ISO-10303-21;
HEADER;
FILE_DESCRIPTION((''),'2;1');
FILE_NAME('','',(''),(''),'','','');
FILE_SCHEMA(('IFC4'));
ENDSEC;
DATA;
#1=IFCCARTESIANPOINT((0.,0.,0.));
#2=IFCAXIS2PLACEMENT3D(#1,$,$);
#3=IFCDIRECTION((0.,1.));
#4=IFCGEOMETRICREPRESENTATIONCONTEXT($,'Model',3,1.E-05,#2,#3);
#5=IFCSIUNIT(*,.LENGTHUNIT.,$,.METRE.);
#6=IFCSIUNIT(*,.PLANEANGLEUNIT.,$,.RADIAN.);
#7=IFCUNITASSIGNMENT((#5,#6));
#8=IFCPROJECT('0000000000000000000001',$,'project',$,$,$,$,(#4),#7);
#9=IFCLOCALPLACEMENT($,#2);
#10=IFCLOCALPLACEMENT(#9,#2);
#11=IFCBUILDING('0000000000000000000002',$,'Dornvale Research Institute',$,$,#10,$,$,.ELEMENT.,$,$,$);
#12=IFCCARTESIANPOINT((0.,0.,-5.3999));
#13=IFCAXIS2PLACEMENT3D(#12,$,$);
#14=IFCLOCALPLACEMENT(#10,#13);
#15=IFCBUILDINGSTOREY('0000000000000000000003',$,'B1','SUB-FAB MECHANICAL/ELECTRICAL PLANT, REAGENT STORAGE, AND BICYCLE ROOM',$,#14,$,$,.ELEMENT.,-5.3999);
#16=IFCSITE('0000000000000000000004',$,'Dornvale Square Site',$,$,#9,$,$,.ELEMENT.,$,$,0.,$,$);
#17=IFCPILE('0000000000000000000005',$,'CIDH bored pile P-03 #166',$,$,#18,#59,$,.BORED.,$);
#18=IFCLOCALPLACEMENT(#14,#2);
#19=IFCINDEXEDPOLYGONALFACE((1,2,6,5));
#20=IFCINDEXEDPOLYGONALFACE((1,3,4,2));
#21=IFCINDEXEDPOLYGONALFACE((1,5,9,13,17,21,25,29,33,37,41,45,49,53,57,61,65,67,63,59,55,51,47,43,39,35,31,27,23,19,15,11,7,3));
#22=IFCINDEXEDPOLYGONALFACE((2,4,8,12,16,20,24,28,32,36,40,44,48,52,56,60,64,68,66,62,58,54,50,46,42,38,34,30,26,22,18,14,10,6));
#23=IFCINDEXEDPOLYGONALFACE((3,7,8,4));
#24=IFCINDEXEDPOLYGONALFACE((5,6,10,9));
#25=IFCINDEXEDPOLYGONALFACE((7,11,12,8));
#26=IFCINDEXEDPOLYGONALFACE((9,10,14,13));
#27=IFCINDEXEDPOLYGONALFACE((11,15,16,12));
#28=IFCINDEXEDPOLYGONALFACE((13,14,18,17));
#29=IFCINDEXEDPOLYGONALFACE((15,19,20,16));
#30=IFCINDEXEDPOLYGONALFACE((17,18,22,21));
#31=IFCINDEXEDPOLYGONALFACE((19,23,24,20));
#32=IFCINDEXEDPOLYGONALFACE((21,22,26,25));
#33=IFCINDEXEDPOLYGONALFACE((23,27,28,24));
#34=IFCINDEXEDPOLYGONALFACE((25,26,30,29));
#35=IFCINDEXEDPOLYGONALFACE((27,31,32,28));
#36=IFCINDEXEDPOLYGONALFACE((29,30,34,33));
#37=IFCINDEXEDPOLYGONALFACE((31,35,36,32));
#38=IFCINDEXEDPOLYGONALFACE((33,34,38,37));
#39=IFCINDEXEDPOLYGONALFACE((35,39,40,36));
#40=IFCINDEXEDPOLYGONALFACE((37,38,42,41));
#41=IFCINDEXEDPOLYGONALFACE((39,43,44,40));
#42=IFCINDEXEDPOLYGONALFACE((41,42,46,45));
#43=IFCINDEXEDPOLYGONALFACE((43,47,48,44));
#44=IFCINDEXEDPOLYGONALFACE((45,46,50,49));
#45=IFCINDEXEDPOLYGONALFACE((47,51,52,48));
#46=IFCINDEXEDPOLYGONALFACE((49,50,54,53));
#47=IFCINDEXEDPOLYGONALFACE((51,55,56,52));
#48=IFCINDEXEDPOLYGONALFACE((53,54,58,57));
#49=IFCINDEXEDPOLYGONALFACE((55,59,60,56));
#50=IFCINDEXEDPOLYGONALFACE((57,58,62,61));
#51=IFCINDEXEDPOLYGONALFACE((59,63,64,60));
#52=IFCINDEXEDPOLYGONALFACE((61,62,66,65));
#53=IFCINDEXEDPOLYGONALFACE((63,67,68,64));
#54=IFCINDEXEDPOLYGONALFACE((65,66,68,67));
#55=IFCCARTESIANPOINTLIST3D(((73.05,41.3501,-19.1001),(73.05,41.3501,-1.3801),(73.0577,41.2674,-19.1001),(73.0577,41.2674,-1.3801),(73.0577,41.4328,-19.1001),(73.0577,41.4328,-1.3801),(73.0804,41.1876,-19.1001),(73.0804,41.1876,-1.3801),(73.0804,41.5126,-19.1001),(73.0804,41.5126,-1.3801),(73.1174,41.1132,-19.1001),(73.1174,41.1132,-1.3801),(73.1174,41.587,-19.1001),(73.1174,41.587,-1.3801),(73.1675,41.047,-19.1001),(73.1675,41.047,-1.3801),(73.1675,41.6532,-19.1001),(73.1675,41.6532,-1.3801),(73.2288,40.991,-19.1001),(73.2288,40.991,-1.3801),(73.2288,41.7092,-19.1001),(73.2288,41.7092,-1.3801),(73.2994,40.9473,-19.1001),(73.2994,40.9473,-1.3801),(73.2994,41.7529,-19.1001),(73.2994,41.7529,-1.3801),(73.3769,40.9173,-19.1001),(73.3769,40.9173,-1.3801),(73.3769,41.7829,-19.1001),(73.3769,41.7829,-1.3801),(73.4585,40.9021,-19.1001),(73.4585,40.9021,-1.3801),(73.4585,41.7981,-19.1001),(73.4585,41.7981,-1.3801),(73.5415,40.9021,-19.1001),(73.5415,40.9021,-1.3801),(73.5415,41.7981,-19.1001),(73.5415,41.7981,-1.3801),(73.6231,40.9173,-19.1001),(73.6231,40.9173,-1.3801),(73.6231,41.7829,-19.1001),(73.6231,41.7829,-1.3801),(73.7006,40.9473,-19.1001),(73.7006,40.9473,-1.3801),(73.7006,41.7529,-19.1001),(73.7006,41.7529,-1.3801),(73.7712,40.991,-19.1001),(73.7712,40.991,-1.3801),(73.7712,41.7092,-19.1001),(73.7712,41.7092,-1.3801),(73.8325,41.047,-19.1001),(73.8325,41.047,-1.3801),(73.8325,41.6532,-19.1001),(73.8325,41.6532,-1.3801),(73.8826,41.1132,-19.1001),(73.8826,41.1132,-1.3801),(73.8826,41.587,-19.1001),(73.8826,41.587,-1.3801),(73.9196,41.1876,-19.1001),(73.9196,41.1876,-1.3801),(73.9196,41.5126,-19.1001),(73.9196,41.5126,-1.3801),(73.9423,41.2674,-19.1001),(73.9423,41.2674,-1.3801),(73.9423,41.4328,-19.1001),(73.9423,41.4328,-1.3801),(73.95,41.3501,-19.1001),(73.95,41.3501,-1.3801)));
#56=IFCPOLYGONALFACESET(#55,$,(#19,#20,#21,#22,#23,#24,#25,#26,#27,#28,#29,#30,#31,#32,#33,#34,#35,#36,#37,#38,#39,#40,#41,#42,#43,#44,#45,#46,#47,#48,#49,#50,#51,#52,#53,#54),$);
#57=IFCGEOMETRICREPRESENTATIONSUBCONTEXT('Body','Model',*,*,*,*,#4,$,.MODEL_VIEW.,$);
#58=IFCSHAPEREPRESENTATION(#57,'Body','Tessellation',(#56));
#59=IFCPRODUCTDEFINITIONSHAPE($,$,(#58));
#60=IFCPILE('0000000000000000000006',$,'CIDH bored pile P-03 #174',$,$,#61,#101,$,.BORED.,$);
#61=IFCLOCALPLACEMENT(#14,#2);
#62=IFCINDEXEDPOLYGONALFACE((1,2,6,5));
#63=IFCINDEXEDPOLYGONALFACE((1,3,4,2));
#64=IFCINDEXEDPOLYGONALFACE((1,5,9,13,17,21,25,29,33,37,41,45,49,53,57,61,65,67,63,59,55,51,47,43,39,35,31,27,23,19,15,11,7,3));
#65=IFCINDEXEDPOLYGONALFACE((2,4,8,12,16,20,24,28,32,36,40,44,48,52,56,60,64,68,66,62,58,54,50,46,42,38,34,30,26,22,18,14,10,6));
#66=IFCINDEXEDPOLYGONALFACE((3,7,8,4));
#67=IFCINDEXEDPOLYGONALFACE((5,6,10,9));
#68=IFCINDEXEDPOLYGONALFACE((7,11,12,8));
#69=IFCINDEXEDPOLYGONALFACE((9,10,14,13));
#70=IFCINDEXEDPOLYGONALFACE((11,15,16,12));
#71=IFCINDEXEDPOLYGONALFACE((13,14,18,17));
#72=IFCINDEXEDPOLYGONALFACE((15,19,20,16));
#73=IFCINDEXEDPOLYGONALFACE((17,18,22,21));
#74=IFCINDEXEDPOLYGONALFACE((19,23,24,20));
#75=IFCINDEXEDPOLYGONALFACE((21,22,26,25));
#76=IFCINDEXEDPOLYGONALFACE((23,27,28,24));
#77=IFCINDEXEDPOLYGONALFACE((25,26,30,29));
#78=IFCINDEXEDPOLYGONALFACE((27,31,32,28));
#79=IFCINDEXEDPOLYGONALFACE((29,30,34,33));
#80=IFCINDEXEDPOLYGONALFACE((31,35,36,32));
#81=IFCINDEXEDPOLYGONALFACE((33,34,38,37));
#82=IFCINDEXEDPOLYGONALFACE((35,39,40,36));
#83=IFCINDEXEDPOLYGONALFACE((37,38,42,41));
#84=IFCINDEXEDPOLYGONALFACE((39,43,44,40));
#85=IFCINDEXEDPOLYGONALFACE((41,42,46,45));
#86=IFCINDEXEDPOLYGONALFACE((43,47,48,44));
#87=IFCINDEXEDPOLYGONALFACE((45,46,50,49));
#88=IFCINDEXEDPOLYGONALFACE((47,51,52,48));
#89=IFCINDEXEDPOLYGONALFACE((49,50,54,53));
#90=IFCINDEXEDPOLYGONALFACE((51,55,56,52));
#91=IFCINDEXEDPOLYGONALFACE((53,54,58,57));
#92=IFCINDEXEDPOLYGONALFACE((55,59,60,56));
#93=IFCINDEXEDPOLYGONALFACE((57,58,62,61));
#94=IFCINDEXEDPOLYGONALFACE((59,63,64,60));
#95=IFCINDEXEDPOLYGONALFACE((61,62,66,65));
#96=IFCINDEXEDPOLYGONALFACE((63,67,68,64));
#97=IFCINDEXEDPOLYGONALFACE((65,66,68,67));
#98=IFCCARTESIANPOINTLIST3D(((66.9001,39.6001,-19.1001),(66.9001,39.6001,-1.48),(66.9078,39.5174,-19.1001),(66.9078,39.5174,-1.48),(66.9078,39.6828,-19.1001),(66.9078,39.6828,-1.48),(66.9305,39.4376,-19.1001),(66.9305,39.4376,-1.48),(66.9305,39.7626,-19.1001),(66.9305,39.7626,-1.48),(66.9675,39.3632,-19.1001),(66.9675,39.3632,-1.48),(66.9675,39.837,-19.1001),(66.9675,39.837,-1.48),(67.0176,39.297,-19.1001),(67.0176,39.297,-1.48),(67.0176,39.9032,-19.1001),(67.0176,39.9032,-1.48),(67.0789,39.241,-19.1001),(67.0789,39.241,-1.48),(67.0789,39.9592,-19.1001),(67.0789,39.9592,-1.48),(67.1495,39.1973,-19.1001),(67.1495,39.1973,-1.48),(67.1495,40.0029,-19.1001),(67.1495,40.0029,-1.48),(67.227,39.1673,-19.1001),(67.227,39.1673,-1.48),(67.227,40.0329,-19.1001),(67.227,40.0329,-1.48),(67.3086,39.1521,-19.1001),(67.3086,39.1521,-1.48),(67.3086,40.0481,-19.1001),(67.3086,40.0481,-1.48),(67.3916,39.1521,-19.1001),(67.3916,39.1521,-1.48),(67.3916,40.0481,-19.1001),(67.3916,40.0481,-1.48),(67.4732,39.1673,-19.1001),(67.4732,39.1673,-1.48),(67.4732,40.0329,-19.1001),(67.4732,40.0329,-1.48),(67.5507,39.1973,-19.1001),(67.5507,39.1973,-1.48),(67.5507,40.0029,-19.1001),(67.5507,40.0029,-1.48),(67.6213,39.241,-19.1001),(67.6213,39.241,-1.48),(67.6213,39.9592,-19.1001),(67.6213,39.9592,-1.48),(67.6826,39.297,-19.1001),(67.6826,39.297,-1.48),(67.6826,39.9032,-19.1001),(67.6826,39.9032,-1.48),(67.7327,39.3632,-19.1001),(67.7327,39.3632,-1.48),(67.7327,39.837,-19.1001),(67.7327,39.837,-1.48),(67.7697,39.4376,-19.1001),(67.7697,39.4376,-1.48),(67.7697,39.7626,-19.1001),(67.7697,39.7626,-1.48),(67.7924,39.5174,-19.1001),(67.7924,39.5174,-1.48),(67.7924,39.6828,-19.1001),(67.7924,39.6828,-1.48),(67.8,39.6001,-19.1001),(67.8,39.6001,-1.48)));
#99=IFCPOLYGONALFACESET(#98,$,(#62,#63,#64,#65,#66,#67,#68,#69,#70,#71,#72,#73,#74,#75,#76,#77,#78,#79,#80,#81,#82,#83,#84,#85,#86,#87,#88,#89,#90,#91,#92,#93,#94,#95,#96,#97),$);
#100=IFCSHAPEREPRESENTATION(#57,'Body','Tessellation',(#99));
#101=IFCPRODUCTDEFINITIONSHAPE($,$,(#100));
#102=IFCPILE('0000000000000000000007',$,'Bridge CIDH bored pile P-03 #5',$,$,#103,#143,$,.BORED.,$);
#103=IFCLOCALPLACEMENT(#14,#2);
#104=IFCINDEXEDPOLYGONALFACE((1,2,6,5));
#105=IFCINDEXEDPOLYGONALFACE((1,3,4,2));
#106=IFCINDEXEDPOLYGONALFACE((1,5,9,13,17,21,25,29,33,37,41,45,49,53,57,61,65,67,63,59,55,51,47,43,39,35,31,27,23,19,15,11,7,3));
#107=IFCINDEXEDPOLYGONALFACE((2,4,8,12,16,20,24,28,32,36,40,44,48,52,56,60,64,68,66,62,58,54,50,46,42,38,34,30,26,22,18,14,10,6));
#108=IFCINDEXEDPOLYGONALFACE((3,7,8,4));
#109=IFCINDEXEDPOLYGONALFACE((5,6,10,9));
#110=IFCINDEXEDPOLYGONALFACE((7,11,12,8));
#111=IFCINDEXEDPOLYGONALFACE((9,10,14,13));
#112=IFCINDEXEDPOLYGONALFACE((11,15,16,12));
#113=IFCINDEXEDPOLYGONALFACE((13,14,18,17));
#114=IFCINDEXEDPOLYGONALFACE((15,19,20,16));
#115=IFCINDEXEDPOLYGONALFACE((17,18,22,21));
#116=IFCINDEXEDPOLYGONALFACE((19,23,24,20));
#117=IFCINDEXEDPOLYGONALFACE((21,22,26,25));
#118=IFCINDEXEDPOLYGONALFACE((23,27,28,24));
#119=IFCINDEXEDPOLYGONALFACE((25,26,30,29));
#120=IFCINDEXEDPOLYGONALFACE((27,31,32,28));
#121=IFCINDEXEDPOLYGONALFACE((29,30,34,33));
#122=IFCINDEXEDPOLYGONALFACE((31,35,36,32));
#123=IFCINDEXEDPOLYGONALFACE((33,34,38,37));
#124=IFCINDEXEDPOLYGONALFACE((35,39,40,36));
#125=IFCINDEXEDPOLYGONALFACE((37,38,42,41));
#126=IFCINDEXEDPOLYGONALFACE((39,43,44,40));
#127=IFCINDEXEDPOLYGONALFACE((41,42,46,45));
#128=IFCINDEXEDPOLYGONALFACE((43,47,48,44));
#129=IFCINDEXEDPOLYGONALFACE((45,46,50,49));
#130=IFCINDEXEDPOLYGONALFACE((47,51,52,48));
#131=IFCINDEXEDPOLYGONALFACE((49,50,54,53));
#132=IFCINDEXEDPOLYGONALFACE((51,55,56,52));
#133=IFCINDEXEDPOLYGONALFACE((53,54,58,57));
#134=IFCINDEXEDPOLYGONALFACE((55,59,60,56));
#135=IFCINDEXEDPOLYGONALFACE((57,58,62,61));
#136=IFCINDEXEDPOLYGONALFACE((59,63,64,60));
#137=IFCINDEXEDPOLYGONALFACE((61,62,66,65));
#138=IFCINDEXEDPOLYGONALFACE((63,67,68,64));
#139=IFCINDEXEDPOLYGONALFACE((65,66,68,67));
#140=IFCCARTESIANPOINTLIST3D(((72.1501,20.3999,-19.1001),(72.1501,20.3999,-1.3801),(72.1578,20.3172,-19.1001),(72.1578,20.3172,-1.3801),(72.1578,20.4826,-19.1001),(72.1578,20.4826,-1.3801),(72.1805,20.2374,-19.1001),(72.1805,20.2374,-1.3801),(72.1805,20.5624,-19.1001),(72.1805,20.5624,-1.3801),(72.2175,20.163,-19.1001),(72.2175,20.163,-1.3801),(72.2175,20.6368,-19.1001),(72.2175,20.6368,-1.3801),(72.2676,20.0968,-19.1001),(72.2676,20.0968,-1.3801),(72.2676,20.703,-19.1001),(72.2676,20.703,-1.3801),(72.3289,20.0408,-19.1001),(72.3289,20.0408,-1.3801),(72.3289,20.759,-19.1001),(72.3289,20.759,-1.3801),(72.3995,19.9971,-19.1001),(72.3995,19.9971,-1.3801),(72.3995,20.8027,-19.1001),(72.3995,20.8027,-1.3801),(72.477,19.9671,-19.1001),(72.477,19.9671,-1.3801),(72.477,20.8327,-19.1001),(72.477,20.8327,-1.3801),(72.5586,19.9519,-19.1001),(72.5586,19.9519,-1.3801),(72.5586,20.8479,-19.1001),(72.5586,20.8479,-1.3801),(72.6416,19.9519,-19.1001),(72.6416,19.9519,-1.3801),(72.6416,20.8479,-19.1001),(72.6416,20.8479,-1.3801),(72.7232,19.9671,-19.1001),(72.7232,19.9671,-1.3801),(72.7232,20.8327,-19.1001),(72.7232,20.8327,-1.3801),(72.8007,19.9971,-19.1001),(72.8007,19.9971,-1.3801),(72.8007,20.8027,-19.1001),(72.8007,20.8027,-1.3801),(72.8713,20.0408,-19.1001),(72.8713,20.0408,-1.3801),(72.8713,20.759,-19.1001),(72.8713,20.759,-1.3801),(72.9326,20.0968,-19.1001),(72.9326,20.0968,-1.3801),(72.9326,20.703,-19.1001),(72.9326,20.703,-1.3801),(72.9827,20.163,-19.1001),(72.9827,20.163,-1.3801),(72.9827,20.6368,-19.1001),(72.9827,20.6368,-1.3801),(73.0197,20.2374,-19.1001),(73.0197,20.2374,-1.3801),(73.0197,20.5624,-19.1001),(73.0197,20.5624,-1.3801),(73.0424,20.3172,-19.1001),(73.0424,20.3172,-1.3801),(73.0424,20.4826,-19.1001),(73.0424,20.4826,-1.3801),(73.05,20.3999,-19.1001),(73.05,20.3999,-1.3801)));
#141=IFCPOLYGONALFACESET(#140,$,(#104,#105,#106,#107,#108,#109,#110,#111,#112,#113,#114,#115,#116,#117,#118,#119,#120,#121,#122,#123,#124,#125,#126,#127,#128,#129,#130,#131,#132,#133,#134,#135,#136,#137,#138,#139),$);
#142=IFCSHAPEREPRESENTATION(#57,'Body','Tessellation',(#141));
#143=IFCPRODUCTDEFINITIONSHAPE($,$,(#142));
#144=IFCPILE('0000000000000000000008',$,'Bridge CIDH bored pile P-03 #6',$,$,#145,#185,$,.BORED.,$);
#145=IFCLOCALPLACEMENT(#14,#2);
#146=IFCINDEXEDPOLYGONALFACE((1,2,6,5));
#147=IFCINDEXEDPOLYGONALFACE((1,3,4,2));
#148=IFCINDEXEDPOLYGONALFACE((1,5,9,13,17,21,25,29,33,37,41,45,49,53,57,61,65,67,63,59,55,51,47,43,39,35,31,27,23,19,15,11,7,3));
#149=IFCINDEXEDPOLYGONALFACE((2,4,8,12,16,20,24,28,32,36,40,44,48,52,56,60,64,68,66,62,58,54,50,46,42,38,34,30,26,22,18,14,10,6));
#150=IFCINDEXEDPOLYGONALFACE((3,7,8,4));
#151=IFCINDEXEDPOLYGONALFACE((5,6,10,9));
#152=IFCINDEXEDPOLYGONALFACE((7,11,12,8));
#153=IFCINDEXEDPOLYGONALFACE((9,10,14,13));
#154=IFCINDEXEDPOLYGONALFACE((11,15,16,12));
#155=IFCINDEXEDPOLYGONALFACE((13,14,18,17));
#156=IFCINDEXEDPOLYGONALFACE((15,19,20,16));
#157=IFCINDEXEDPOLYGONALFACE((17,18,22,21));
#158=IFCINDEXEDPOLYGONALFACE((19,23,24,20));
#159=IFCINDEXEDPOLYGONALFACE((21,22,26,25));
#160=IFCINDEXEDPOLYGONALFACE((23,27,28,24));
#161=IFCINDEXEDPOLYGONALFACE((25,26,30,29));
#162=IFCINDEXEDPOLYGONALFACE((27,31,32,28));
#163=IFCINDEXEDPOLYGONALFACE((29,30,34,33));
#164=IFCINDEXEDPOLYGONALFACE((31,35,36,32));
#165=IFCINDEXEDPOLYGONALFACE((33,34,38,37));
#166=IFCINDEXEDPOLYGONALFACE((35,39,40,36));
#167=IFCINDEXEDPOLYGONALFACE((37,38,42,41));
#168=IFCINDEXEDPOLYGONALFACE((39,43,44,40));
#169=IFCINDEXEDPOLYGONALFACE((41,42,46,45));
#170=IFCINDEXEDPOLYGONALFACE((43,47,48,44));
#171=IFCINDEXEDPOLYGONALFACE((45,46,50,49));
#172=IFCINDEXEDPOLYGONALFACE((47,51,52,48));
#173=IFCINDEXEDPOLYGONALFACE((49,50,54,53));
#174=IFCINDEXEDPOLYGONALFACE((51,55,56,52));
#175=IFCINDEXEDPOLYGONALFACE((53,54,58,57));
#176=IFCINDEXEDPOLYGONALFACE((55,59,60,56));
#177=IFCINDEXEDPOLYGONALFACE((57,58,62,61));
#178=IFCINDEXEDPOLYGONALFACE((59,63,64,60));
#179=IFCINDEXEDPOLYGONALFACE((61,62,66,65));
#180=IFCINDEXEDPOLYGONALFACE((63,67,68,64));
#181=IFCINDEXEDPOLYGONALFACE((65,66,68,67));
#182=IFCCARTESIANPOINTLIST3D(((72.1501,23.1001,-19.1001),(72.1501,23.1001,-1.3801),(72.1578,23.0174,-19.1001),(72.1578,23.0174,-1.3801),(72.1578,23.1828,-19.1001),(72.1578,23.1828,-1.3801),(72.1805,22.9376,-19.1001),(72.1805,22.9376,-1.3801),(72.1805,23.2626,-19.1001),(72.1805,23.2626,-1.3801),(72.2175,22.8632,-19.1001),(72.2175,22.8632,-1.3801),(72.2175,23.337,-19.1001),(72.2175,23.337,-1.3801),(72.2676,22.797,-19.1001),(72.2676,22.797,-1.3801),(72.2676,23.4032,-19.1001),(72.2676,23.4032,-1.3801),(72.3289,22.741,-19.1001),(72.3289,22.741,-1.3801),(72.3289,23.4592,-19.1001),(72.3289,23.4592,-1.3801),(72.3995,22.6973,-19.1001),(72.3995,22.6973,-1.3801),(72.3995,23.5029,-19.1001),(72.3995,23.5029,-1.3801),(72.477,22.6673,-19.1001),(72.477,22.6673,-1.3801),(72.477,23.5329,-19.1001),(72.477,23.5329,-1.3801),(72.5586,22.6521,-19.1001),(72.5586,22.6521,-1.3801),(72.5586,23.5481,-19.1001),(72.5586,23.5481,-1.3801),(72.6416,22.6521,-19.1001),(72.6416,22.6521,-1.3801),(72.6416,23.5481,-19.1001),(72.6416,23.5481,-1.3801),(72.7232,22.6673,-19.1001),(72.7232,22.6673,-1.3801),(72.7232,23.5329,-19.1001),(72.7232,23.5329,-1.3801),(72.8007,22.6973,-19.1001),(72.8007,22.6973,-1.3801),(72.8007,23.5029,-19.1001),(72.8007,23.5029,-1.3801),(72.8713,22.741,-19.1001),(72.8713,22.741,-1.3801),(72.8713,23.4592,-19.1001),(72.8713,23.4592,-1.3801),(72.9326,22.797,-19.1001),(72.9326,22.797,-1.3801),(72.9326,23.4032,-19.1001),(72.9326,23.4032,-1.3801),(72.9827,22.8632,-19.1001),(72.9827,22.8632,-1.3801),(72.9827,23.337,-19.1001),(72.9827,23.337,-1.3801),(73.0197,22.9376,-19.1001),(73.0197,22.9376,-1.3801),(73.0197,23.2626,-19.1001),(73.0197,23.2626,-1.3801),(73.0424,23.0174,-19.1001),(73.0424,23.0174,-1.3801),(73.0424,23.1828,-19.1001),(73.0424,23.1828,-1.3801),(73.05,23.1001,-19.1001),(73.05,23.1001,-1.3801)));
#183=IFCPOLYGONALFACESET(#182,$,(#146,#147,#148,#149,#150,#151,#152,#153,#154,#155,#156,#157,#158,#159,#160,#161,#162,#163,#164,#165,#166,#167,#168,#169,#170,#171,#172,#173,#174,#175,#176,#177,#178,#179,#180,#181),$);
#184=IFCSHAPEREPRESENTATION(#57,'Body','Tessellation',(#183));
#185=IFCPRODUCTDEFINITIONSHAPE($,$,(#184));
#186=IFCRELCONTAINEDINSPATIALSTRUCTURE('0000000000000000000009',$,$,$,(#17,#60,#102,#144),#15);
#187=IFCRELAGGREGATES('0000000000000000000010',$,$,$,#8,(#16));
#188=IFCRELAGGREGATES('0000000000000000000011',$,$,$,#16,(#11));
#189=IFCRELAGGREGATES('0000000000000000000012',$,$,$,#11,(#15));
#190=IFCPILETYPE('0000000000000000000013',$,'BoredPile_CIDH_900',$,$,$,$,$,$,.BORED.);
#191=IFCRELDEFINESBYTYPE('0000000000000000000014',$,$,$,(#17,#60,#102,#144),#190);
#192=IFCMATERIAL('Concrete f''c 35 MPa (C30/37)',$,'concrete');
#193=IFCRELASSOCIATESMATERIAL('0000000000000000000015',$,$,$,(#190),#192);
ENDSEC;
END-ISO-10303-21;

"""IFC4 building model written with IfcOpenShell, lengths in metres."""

from ifc_helpers import new_model, si_unit, direction, frame, origin, origin_2d, place, context, subcontext, project, spatial, circle, extrude, material, material_profile, profile_set, type_object, element, save


model = new_model("IFC4")

# Units and contexts
model_context = context("Model", 3, precision=1e-05, world=origin(), true_north=direction((0.0, 1.0)))
body_context = subcontext(model_context, "Body", "Model", "MODEL_VIEW")
ifc_project = project(units=[si_unit("LENGTHUNIT", "METRE"), si_unit("PLANEANGLEUNIT", "RADIAN")], contexts=[model_context])

# Site, building, storey
site_placement = place(None, origin())
site = spatial("IfcSite", under=ifc_project, at=site_placement, Name="Dornvale Square Site", CompositionType="ELEMENT", RefElevation=0.0)
building_placement = place(site_placement, origin())
building = spatial("IfcBuilding", under=site, at=building_placement, Name="Dornvale Research Institute", CompositionType="ELEMENT")
storey_placement = place(building_placement, frame((0.0, 0.0, -5.3999)))
storey = spatial("IfcBuildingStorey", under=building, at=storey_placement, Name="B1", Description="SUB-FAB MECHANICAL/ELECTRICAL PLANT, REAGENT STORAGE, AND BICYCLE ROOM", CompositionType="ELEMENT", Elevation=-5.3999)

# Piles
ifc_material_1 = material(Name="Concrete f'c 35 MPa (C30/37)", Category="concrete")
ifc_material_profile_1 = material_profile(ifc_material_1, circle(Radius=0.45, at=origin_2d()), Name="CIDH PILE D900")
ifc_profile_set_1 = profile_set([ifc_material_profile_1], Name="Concrete f'c 35 MPa (C30/37)")
pile_type_1 = type_object("IfcPileType", Name="BoredPile_CIDH_900", PredefinedType="BORED", material=ifc_profile_set_1)
for number, where, z_axis, x_axis, name in (
    (1, (73.5, 41.3501, -1.3801), (0.0, 0.0, -1.0), (1.0, 0.0, 0.0), "CIDH bored pile P-03 #166"),
):
    element("IfcPile", number, at=place(storey_placement, frame(where, z_axis=z_axis, x_axis=x_axis)), inside=storey, type_object=pile_type_1, Name=name, PredefinedType="BORED", context=body_context, shape_type="SweptSolid", body=[
        extrude(circle(Radius=0.45, at=origin_2d()), origin(), (0.0, 0.0, 1.0), 17.72),
    ])
pile_1_placement = place(storey_placement, frame((67.3501, 39.6001, -1.48), z_axis=(0.0, 0.0, -1.0), x_axis=(1.0, 0.0, 0.0)))
element("IfcPile", 2, at=pile_1_placement, inside=storey, type_object=pile_type_1, Name="CIDH bored pile P-03 #174", PredefinedType="BORED", context=body_context, shape_type="SweptSolid", body=[
    extrude(circle(Radius=0.45, at=origin_2d()), origin(), (0.0, 0.0, 1.0), 17.6201),
])
for number, where, z_axis, x_axis, name in (
    (3, (72.6001, 20.3999, -1.3801), (0.0, 0.0, -1.0), (1.0, 0.0, 0.0), "Bridge CIDH bored pile P-03 #5"),
    (4, (72.6001, 23.1001, -1.3801), (0.0, 0.0, -1.0), (1.0, 0.0, 0.0), "Bridge CIDH bored pile P-03 #6"),
):
    element("IfcPile", number, at=place(storey_placement, frame(where, z_axis=z_axis, x_axis=x_axis)), inside=storey, type_object=pile_type_1, Name=name, PredefinedType="BORED", context=body_context, shape_type="SweptSolid", body=[
        extrude(circle(Radius=0.45, at=origin_2d()), origin(), (0.0, 0.0, 1.0), 17.72),
    ])

save(model, "model.ifc")
